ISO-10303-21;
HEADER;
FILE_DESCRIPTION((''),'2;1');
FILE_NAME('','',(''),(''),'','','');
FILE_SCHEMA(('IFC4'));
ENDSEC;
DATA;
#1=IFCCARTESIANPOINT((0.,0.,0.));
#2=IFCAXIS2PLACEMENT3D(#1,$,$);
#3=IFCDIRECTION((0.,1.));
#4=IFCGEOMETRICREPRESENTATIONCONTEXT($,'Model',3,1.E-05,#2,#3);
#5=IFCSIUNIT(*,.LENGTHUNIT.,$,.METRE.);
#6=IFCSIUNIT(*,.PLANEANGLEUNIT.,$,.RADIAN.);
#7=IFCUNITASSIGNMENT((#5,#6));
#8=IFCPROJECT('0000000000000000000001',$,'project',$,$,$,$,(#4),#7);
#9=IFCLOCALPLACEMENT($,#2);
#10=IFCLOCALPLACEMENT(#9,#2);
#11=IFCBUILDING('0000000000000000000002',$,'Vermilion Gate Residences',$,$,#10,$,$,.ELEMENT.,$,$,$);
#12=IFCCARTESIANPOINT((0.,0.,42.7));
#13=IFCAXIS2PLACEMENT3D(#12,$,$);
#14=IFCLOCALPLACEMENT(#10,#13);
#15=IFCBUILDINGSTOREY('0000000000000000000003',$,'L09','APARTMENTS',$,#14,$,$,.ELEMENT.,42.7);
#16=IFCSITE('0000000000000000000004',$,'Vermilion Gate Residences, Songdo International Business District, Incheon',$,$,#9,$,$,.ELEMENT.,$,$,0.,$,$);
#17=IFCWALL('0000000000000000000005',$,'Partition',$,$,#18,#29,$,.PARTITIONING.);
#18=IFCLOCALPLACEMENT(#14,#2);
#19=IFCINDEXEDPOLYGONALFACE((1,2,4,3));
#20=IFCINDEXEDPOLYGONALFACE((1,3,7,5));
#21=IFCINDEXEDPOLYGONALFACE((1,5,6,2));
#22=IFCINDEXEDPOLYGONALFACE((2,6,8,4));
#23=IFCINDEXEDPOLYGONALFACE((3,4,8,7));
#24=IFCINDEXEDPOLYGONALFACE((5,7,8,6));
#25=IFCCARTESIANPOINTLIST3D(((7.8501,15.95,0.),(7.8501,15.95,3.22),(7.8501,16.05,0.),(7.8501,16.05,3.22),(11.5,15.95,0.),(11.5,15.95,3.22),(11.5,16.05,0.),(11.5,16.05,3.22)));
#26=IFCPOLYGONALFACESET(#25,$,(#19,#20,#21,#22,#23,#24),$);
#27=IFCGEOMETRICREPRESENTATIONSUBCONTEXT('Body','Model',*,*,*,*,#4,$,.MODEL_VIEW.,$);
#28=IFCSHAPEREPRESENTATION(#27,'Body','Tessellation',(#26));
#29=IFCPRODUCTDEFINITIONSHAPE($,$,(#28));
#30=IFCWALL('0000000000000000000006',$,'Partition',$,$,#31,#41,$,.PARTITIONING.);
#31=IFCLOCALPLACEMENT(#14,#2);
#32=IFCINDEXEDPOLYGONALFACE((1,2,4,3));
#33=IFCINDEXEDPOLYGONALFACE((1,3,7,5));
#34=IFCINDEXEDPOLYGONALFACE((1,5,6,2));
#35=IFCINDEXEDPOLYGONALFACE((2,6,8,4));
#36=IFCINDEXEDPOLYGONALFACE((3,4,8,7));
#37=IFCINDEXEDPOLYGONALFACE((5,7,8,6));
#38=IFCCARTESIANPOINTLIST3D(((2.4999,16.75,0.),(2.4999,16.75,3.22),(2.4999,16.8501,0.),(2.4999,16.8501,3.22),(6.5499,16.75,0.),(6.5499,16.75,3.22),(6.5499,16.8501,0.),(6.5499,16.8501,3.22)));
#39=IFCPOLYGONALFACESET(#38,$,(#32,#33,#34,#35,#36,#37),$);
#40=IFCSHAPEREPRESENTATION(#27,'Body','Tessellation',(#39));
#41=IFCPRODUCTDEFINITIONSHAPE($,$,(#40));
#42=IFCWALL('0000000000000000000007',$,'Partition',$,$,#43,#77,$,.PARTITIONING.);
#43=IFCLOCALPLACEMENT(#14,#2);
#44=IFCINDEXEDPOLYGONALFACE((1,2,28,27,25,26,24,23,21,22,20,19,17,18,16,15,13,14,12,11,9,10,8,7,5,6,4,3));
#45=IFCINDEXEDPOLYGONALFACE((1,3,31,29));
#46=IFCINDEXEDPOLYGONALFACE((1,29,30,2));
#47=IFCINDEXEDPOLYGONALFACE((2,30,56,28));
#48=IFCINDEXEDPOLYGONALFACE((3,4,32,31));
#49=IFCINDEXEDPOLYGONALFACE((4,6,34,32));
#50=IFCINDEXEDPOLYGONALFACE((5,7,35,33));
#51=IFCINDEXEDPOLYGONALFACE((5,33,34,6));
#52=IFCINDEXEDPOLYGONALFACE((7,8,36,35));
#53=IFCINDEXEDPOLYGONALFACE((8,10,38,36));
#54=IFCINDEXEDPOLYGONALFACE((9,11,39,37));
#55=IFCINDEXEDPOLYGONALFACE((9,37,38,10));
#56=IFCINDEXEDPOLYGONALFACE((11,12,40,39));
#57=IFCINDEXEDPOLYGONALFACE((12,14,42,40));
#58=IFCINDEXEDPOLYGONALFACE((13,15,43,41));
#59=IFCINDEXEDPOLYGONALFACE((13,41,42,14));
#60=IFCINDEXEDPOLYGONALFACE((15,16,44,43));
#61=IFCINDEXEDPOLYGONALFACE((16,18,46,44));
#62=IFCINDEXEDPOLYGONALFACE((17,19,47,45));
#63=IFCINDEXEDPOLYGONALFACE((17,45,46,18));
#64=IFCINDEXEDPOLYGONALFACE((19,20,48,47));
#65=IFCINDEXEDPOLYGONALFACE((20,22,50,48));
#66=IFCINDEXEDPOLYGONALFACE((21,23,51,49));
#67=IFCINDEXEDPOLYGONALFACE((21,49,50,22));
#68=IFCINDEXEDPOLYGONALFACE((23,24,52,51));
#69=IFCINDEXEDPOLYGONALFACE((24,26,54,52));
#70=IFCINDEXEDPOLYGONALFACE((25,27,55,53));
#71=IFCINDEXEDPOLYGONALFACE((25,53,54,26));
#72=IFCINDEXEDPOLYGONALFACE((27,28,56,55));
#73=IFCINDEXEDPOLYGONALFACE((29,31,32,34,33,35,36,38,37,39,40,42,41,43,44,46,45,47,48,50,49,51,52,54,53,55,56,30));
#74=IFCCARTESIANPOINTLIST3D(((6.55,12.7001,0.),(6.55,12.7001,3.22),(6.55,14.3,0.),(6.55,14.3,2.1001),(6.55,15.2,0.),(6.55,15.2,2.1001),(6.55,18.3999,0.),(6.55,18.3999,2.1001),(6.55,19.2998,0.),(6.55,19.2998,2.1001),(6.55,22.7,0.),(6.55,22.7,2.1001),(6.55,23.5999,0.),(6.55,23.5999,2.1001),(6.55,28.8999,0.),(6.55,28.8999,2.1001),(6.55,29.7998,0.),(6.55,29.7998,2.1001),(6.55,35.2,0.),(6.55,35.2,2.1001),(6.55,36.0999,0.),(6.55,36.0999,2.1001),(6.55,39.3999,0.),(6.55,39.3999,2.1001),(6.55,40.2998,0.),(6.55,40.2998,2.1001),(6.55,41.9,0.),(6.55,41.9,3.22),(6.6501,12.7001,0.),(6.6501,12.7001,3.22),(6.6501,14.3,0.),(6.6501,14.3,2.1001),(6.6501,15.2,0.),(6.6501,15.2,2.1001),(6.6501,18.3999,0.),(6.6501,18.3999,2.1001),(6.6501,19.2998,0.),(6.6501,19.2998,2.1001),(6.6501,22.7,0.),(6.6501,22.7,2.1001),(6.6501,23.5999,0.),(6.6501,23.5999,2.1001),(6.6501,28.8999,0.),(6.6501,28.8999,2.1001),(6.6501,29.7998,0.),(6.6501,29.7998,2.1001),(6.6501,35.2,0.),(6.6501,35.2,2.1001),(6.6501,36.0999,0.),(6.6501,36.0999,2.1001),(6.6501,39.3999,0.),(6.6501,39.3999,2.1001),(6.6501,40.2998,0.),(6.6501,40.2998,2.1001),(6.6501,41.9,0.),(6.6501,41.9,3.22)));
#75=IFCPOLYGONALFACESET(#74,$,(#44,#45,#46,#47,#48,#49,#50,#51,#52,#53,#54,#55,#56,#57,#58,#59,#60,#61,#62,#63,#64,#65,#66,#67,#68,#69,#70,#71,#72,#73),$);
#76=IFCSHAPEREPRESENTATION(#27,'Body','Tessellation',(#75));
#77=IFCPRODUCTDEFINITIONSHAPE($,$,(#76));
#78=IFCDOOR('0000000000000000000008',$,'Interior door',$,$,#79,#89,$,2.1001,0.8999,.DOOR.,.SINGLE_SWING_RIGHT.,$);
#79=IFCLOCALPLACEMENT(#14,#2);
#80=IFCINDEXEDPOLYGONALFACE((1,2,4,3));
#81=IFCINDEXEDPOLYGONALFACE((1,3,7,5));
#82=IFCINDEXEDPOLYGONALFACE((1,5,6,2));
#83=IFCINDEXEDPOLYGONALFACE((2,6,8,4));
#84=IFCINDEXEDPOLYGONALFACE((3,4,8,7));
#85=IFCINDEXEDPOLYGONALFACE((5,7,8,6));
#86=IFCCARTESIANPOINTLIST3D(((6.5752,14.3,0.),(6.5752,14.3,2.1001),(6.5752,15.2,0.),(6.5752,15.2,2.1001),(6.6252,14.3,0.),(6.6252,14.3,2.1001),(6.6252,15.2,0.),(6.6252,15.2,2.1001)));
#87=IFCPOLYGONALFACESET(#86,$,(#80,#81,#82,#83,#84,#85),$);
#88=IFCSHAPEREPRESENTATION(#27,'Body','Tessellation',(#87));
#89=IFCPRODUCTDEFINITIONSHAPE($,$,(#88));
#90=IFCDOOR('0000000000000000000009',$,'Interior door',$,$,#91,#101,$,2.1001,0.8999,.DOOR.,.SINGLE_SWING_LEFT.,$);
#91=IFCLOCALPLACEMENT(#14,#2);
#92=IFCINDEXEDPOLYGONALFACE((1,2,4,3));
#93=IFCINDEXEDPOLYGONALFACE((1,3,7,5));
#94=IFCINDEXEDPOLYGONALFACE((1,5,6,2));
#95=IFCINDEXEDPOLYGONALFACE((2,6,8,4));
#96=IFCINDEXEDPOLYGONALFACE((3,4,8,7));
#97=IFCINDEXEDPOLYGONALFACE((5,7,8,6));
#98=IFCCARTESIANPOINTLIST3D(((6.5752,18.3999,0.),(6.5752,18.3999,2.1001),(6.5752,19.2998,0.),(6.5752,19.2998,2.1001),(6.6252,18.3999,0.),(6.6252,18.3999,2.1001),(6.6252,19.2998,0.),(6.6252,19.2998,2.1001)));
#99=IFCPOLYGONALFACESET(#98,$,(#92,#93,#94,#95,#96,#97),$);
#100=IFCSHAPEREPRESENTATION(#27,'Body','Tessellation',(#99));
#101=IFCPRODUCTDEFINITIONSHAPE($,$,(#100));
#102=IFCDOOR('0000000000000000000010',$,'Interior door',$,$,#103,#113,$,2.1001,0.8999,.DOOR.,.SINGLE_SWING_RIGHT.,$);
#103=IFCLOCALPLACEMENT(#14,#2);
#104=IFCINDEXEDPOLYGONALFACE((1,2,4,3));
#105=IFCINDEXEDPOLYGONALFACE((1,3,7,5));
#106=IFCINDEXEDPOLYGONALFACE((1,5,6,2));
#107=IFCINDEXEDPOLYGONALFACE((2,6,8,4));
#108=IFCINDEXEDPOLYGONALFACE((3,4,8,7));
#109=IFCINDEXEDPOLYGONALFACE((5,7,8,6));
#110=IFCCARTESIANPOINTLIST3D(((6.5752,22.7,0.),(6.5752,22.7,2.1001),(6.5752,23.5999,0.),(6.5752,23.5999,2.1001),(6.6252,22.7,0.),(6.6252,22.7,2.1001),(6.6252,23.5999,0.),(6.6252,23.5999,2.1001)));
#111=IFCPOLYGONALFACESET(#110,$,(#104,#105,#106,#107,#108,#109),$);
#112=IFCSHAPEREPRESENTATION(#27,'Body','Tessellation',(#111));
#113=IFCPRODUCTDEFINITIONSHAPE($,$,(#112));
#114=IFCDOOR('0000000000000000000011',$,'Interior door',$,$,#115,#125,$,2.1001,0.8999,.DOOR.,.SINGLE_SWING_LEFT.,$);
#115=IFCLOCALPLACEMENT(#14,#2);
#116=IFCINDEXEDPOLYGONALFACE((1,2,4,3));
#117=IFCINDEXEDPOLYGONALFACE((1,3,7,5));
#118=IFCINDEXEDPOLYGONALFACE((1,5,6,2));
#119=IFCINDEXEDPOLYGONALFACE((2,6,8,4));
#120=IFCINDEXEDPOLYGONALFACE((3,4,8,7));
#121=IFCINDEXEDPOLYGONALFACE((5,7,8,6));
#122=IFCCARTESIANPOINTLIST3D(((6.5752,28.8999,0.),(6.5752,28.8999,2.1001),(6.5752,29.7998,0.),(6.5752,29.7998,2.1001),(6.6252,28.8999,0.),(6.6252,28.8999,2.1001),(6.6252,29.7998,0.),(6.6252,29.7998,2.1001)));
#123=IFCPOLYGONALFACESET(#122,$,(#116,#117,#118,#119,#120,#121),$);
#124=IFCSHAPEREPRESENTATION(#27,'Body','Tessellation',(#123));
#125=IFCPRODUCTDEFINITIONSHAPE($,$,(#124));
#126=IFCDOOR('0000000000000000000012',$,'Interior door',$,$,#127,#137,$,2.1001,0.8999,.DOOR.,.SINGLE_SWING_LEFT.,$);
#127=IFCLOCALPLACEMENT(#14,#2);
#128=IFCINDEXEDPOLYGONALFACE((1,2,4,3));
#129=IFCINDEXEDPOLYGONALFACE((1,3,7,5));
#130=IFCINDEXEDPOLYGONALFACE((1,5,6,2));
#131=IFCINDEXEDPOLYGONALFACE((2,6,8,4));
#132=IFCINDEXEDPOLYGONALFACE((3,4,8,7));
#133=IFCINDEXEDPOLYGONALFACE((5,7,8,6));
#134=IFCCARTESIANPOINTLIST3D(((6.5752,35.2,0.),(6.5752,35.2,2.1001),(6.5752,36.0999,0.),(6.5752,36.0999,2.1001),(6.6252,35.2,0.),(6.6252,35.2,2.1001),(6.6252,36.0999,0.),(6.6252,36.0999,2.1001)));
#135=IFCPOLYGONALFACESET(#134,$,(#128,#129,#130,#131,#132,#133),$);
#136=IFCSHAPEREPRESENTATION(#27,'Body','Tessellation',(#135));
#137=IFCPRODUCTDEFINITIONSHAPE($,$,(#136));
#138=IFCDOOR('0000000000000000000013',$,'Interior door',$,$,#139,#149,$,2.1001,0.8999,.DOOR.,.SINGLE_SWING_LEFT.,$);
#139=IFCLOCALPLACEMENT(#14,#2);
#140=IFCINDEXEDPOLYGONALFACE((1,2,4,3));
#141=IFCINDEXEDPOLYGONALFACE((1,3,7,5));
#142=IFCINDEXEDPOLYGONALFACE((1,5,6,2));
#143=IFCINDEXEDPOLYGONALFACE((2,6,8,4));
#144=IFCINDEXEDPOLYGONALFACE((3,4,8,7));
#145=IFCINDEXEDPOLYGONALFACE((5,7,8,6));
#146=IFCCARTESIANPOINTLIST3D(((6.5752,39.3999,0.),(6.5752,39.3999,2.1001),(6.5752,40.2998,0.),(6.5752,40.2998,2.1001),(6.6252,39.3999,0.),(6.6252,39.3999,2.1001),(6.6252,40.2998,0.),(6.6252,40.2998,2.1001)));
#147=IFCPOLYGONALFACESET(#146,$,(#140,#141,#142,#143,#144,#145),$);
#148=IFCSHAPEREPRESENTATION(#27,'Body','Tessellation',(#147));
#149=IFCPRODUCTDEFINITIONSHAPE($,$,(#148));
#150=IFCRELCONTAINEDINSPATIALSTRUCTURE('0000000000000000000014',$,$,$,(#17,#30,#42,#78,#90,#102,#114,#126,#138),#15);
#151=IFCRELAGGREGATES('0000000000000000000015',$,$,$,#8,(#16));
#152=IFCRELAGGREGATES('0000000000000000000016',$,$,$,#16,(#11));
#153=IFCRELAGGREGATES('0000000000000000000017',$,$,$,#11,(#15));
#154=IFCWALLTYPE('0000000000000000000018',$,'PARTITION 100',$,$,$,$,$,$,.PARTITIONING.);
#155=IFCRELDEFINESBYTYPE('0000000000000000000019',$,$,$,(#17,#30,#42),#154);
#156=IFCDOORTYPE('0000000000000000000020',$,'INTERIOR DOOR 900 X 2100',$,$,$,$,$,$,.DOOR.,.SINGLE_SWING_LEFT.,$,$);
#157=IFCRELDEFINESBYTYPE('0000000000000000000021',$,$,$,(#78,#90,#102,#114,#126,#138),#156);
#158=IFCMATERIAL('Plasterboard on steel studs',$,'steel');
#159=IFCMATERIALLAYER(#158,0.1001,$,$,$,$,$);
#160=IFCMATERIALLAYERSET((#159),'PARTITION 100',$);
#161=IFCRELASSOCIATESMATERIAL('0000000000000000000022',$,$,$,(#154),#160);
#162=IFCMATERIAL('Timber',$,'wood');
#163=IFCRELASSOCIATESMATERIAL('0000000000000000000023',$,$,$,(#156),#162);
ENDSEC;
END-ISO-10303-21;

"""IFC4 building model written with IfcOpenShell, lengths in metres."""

from ifc_helpers import new_model, si_unit, direction, frame, frame_2d, origin, place, context, subcontext, project, spatial, rectangle, extrude, material, layer, layer_set, type_object, element, fill, save


model = new_model("IFC4")

# Units and contexts
model_context = context("Model", 3, precision=1e-05, world=origin(), true_north=direction((0.0, 1.0)))
body_context = subcontext(model_context, "Body", "Model", "MODEL_VIEW")
ifc_project = project(units=[si_unit("LENGTHUNIT", "METRE"), si_unit("PLANEANGLEUNIT", "RADIAN")], contexts=[model_context])

# Site, building, storey
site_placement = place(None, origin())
site = spatial("IfcSite", under=ifc_project, at=site_placement, Name="Vermilion Gate Residences, Songdo International Business District, Incheon", CompositionType="ELEMENT", RefElevation=0.0)
building_placement = place(site_placement, origin())
building = spatial("IfcBuilding", under=site, at=building_placement, Name="Vermilion Gate Residences", CompositionType="ELEMENT")
storey_placement = place(building_placement, frame((0.0, 0.0, 42.7)))
storey = spatial("IfcBuildingStorey", under=building, at=storey_placement, Name="L09", Description="APARTMENTS", CompositionType="ELEMENT", Elevation=42.7)

# Walls
ifc_material_1 = material(Name="Plasterboard on steel studs", Category="steel")
ifc_layer_1 = layer(ifc_material_1, 0.1001)
ifc_layer_set_1 = layer_set([ifc_layer_1], Name="PARTITION 100")
wall_type_1 = type_object("IfcWallType", Name="PARTITION 100", PredefinedType="PARTITIONING", material=ifc_layer_set_1)
wall_1_placement = place(storey_placement, frame((7.8501, 16.0, 0.0), z_axis=(0.0, 0.0, 1.0), x_axis=(1.0, 0.0, 0.0)))
element("IfcWall", 1, at=wall_1_placement, inside=storey, type_object=wall_type_1, Name="Partition", PredefinedType="PARTITIONING", context=body_context, shape_type="SweptSolid", body=[
    extrude(rectangle(XDim=3.6499, YDim=0.1001, at=frame_2d((1.825, 0.0))), origin(), (0.0, 0.0, 1.0), 3.22),
])
wall_2_placement = place(storey_placement, frame((2.5, 16.8, 0.0), z_axis=(0.0, 0.0, 1.0), x_axis=(1.0, 0.0, 0.0)))
element("IfcWall", 2, at=wall_2_placement, inside=storey, type_object=wall_type_1, Name="Partition", PredefinedType="PARTITIONING", context=body_context, shape_type="SweptSolid", body=[
    extrude(rectangle(XDim=4.05, YDim=0.1001, at=frame_2d((2.0249, 0.0))), origin(), (0.0, 0.0, 1.0), 3.22),
])

# Wall, openings, doors
wall_3_placement = place(storey_placement, frame((6.6001, 12.7, 0.0), z_axis=(0.0, 0.0, 1.0), x_axis=(0.0, 1.0, 0.0)))
wall_3 = element("IfcWall", 3, at=wall_3_placement, inside=storey, type_object=wall_type_1, Name="Partition", PredefinedType="PARTITIONING", context=body_context, shape_type="SweptSolid", body=[
    extrude(rectangle(XDim=29.2, YDim=0.1001, at=frame_2d((14.6001, 0.0))), origin(), (0.0, 0.0, 1.0), 3.22),
])
opening_1_placement = place(wall_3_placement, frame((1.6001, 0.0, 0.0)))
opening_1 = element("IfcOpeningElement", 4, at=opening_1_placement, cuts=wall_3, PredefinedType="OPENING", context=body_context, shape_type="SweptSolid", body=[
    extrude(rectangle(XDim=0.8999, YDim=2.1001, at=frame_2d((0.45, 1.05))), frame((0.0, 0.0601, 0.0), z_axis=(0.0, -1.0, 0.0), x_axis=(1.0, 0.0, 0.0)), (0.0, 0.0, 1.0), 0.1201),
])
opening_2_placement = place(wall_3_placement, frame((5.7, 0.0, 0.0)))
opening_2 = element("IfcOpeningElement", 5, at=opening_2_placement, cuts=wall_3, PredefinedType="OPENING", context=body_context, shape_type="SweptSolid", body=[
    extrude(rectangle(XDim=0.8999, YDim=2.1001, at=frame_2d((0.45, 1.05))), frame((0.0, 0.0601, 0.0), z_axis=(0.0, -1.0, 0.0), x_axis=(1.0, 0.0, 0.0)), (0.0, 0.0, 1.0), 0.1201),
])
opening_3_placement = place(wall_3_placement, frame((10.0, 0.0, 0.0)))
opening_3 = element("IfcOpeningElement", 6, at=opening_3_placement, cuts=wall_3, PredefinedType="OPENING", context=body_context, shape_type="SweptSolid", body=[
    extrude(rectangle(XDim=0.8999, YDim=2.1001, at=frame_2d((0.45, 1.05))), frame((0.0, 0.0601, 0.0), z_axis=(0.0, -1.0, 0.0), x_axis=(1.0, 0.0, 0.0)), (0.0, 0.0, 1.0), 0.1201),
])
opening_4_placement = place(wall_3_placement, frame((16.2, 0.0, 0.0)))
opening_4 = element("IfcOpeningElement", 7, at=opening_4_placement, cuts=wall_3, PredefinedType="OPENING", context=body_context, shape_type="SweptSolid", body=[
    extrude(rectangle(XDim=0.8999, YDim=2.1001, at=frame_2d((0.45, 1.05))), frame((0.0, 0.0601, 0.0), z_axis=(0.0, -1.0, 0.0), x_axis=(1.0, 0.0, 0.0)), (0.0, 0.0, 1.0), 0.1201),
])
opening_5_placement = place(wall_3_placement, frame((22.5, 0.0, 0.0)))
opening_5 = element("IfcOpeningElement", 8, at=opening_5_placement, cuts=wall_3, PredefinedType="OPENING", context=body_context, shape_type="SweptSolid", body=[
    extrude(rectangle(XDim=0.8999, YDim=2.1001, at=frame_2d((0.45, 1.05))), frame((0.0, 0.0601, 0.0), z_axis=(0.0, -1.0, 0.0), x_axis=(1.0, 0.0, 0.0)), (0.0, 0.0, 1.0), 0.1201),
])
opening_6_placement = place(wall_3_placement, frame((26.7, 0.0, 0.0)))
opening_6 = element("IfcOpeningElement", 9, at=opening_6_placement, cuts=wall_3, PredefinedType="OPENING", context=body_context, shape_type="SweptSolid", body=[
    extrude(rectangle(XDim=0.8999, YDim=2.1001, at=frame_2d((0.45, 1.05))), frame((0.0, 0.0601, 0.0), z_axis=(0.0, -1.0, 0.0), x_axis=(1.0, 0.0, 0.0)), (0.0, 0.0, 1.0), 0.1201),
])
ifc_material_2 = material(Name="Timber", Category="wood")
door_type_1 = type_object("IfcDoorType", Name="INTERIOR DOOR 900 X 2100", OperationType="SINGLE_SWING_LEFT", PredefinedType="DOOR", material=ifc_material_2)
door_1_placement = place(opening_1_placement, origin())
door_1 = element("IfcDoor", 10, at=door_1_placement, inside=storey, type_object=door_type_1, Name="Interior door", OperationType="SINGLE_SWING_RIGHT", OverallHeight=2.1001, OverallWidth=0.8999, PredefinedType="DOOR", context=body_context, shape_type="SweptSolid", body=[
    extrude(rectangle(XDim=0.8999, YDim=2.1001, at=frame_2d((0.45, 1.05))), frame((0.0, 0.0249, 0.0), z_axis=(0.0, -1.0, 0.0), x_axis=(1.0, 0.0, 0.0)), (0.0, 0.0, 1.0), 0.05),
])
fill(opening_1, door_1)
door_2_placement = place(opening_2_placement, origin())
door_2 = element("IfcDoor", 11, at=door_2_placement, inside=storey, type_object=door_type_1, Name="Interior door", OperationType="SINGLE_SWING_LEFT", OverallHeight=2.1001, OverallWidth=0.8999, PredefinedType="DOOR", context=body_context, shape_type="SweptSolid", body=[
    extrude(rectangle(XDim=0.8999, YDim=2.1001, at=frame_2d((0.45, 1.05))), frame((0.0, 0.0249, 0.0), z_axis=(0.0, -1.0, 0.0), x_axis=(1.0, 0.0, 0.0)), (0.0, 0.0, 1.0), 0.05),
])
fill(opening_2, door_2)
door_3_placement = place(opening_3_placement, origin())
door_3 = element("IfcDoor", 12, at=door_3_placement, inside=storey, type_object=door_type_1, Name="Interior door", OperationType="SINGLE_SWING_RIGHT", OverallHeight=2.1001, OverallWidth=0.8999, PredefinedType="DOOR", context=body_context, shape_type="SweptSolid", body=[
    extrude(rectangle(XDim=0.8999, YDim=2.1001, at=frame_2d((0.45, 1.05))), frame((0.0, 0.0249, 0.0), z_axis=(0.0, -1.0, 0.0), x_axis=(1.0, 0.0, 0.0)), (0.0, 0.0, 1.0), 0.05),
])
fill(opening_3, door_3)
door_4_placement = place(opening_4_placement, origin())
door_4 = element("IfcDoor", 13, at=door_4_placement, inside=storey, type_object=door_type_1, Name="Interior door", OperationType="SINGLE_SWING_LEFT", OverallHeight=2.1001, OverallWidth=0.8999, PredefinedType="DOOR", context=body_context, shape_type="SweptSolid", body=[
    extrude(rectangle(XDim=0.8999, YDim=2.1001, at=frame_2d((0.45, 1.05))), frame((0.0, 0.0249, 0.0), z_axis=(0.0, -1.0, 0.0), x_axis=(1.0, 0.0, 0.0)), (0.0, 0.0, 1.0), 0.05),
])
fill(opening_4, door_4)
door_5_placement = place(opening_5_placement, origin())
door_5 = element("IfcDoor", 14, at=door_5_placement, inside=storey, type_object=door_type_1, Name="Interior door", OperationType="SINGLE_SWING_LEFT", OverallHeight=2.1001, OverallWidth=0.8999, PredefinedType="DOOR", context=body_context, shape_type="SweptSolid", body=[
    extrude(rectangle(XDim=0.8999, YDim=2.1001, at=frame_2d((0.45, 1.05))), frame((0.0, 0.0249, 0.0), z_axis=(0.0, -1.0, 0.0), x_axis=(1.0, 0.0, 0.0)), (0.0, 0.0, 1.0), 0.05),
])
fill(opening_5, door_5)
door_6_placement = place(opening_6_placement, origin())
door_6 = element("IfcDoor", 15, at=door_6_placement, inside=storey, type_object=door_type_1, Name="Interior door", OperationType="SINGLE_SWING_LEFT", OverallHeight=2.1001, OverallWidth=0.8999, PredefinedType="DOOR", context=body_context, shape_type="SweptSolid", body=[
    extrude(rectangle(XDim=0.8999, YDim=2.1001, at=frame_2d((0.45, 1.05))), frame((0.0, 0.0249, 0.0), z_axis=(0.0, -1.0, 0.0), x_axis=(1.0, 0.0, 0.0)), (0.0, 0.0, 1.0), 0.05),
])
fill(opening_6, door_6)

save(model, "model.ifc")
